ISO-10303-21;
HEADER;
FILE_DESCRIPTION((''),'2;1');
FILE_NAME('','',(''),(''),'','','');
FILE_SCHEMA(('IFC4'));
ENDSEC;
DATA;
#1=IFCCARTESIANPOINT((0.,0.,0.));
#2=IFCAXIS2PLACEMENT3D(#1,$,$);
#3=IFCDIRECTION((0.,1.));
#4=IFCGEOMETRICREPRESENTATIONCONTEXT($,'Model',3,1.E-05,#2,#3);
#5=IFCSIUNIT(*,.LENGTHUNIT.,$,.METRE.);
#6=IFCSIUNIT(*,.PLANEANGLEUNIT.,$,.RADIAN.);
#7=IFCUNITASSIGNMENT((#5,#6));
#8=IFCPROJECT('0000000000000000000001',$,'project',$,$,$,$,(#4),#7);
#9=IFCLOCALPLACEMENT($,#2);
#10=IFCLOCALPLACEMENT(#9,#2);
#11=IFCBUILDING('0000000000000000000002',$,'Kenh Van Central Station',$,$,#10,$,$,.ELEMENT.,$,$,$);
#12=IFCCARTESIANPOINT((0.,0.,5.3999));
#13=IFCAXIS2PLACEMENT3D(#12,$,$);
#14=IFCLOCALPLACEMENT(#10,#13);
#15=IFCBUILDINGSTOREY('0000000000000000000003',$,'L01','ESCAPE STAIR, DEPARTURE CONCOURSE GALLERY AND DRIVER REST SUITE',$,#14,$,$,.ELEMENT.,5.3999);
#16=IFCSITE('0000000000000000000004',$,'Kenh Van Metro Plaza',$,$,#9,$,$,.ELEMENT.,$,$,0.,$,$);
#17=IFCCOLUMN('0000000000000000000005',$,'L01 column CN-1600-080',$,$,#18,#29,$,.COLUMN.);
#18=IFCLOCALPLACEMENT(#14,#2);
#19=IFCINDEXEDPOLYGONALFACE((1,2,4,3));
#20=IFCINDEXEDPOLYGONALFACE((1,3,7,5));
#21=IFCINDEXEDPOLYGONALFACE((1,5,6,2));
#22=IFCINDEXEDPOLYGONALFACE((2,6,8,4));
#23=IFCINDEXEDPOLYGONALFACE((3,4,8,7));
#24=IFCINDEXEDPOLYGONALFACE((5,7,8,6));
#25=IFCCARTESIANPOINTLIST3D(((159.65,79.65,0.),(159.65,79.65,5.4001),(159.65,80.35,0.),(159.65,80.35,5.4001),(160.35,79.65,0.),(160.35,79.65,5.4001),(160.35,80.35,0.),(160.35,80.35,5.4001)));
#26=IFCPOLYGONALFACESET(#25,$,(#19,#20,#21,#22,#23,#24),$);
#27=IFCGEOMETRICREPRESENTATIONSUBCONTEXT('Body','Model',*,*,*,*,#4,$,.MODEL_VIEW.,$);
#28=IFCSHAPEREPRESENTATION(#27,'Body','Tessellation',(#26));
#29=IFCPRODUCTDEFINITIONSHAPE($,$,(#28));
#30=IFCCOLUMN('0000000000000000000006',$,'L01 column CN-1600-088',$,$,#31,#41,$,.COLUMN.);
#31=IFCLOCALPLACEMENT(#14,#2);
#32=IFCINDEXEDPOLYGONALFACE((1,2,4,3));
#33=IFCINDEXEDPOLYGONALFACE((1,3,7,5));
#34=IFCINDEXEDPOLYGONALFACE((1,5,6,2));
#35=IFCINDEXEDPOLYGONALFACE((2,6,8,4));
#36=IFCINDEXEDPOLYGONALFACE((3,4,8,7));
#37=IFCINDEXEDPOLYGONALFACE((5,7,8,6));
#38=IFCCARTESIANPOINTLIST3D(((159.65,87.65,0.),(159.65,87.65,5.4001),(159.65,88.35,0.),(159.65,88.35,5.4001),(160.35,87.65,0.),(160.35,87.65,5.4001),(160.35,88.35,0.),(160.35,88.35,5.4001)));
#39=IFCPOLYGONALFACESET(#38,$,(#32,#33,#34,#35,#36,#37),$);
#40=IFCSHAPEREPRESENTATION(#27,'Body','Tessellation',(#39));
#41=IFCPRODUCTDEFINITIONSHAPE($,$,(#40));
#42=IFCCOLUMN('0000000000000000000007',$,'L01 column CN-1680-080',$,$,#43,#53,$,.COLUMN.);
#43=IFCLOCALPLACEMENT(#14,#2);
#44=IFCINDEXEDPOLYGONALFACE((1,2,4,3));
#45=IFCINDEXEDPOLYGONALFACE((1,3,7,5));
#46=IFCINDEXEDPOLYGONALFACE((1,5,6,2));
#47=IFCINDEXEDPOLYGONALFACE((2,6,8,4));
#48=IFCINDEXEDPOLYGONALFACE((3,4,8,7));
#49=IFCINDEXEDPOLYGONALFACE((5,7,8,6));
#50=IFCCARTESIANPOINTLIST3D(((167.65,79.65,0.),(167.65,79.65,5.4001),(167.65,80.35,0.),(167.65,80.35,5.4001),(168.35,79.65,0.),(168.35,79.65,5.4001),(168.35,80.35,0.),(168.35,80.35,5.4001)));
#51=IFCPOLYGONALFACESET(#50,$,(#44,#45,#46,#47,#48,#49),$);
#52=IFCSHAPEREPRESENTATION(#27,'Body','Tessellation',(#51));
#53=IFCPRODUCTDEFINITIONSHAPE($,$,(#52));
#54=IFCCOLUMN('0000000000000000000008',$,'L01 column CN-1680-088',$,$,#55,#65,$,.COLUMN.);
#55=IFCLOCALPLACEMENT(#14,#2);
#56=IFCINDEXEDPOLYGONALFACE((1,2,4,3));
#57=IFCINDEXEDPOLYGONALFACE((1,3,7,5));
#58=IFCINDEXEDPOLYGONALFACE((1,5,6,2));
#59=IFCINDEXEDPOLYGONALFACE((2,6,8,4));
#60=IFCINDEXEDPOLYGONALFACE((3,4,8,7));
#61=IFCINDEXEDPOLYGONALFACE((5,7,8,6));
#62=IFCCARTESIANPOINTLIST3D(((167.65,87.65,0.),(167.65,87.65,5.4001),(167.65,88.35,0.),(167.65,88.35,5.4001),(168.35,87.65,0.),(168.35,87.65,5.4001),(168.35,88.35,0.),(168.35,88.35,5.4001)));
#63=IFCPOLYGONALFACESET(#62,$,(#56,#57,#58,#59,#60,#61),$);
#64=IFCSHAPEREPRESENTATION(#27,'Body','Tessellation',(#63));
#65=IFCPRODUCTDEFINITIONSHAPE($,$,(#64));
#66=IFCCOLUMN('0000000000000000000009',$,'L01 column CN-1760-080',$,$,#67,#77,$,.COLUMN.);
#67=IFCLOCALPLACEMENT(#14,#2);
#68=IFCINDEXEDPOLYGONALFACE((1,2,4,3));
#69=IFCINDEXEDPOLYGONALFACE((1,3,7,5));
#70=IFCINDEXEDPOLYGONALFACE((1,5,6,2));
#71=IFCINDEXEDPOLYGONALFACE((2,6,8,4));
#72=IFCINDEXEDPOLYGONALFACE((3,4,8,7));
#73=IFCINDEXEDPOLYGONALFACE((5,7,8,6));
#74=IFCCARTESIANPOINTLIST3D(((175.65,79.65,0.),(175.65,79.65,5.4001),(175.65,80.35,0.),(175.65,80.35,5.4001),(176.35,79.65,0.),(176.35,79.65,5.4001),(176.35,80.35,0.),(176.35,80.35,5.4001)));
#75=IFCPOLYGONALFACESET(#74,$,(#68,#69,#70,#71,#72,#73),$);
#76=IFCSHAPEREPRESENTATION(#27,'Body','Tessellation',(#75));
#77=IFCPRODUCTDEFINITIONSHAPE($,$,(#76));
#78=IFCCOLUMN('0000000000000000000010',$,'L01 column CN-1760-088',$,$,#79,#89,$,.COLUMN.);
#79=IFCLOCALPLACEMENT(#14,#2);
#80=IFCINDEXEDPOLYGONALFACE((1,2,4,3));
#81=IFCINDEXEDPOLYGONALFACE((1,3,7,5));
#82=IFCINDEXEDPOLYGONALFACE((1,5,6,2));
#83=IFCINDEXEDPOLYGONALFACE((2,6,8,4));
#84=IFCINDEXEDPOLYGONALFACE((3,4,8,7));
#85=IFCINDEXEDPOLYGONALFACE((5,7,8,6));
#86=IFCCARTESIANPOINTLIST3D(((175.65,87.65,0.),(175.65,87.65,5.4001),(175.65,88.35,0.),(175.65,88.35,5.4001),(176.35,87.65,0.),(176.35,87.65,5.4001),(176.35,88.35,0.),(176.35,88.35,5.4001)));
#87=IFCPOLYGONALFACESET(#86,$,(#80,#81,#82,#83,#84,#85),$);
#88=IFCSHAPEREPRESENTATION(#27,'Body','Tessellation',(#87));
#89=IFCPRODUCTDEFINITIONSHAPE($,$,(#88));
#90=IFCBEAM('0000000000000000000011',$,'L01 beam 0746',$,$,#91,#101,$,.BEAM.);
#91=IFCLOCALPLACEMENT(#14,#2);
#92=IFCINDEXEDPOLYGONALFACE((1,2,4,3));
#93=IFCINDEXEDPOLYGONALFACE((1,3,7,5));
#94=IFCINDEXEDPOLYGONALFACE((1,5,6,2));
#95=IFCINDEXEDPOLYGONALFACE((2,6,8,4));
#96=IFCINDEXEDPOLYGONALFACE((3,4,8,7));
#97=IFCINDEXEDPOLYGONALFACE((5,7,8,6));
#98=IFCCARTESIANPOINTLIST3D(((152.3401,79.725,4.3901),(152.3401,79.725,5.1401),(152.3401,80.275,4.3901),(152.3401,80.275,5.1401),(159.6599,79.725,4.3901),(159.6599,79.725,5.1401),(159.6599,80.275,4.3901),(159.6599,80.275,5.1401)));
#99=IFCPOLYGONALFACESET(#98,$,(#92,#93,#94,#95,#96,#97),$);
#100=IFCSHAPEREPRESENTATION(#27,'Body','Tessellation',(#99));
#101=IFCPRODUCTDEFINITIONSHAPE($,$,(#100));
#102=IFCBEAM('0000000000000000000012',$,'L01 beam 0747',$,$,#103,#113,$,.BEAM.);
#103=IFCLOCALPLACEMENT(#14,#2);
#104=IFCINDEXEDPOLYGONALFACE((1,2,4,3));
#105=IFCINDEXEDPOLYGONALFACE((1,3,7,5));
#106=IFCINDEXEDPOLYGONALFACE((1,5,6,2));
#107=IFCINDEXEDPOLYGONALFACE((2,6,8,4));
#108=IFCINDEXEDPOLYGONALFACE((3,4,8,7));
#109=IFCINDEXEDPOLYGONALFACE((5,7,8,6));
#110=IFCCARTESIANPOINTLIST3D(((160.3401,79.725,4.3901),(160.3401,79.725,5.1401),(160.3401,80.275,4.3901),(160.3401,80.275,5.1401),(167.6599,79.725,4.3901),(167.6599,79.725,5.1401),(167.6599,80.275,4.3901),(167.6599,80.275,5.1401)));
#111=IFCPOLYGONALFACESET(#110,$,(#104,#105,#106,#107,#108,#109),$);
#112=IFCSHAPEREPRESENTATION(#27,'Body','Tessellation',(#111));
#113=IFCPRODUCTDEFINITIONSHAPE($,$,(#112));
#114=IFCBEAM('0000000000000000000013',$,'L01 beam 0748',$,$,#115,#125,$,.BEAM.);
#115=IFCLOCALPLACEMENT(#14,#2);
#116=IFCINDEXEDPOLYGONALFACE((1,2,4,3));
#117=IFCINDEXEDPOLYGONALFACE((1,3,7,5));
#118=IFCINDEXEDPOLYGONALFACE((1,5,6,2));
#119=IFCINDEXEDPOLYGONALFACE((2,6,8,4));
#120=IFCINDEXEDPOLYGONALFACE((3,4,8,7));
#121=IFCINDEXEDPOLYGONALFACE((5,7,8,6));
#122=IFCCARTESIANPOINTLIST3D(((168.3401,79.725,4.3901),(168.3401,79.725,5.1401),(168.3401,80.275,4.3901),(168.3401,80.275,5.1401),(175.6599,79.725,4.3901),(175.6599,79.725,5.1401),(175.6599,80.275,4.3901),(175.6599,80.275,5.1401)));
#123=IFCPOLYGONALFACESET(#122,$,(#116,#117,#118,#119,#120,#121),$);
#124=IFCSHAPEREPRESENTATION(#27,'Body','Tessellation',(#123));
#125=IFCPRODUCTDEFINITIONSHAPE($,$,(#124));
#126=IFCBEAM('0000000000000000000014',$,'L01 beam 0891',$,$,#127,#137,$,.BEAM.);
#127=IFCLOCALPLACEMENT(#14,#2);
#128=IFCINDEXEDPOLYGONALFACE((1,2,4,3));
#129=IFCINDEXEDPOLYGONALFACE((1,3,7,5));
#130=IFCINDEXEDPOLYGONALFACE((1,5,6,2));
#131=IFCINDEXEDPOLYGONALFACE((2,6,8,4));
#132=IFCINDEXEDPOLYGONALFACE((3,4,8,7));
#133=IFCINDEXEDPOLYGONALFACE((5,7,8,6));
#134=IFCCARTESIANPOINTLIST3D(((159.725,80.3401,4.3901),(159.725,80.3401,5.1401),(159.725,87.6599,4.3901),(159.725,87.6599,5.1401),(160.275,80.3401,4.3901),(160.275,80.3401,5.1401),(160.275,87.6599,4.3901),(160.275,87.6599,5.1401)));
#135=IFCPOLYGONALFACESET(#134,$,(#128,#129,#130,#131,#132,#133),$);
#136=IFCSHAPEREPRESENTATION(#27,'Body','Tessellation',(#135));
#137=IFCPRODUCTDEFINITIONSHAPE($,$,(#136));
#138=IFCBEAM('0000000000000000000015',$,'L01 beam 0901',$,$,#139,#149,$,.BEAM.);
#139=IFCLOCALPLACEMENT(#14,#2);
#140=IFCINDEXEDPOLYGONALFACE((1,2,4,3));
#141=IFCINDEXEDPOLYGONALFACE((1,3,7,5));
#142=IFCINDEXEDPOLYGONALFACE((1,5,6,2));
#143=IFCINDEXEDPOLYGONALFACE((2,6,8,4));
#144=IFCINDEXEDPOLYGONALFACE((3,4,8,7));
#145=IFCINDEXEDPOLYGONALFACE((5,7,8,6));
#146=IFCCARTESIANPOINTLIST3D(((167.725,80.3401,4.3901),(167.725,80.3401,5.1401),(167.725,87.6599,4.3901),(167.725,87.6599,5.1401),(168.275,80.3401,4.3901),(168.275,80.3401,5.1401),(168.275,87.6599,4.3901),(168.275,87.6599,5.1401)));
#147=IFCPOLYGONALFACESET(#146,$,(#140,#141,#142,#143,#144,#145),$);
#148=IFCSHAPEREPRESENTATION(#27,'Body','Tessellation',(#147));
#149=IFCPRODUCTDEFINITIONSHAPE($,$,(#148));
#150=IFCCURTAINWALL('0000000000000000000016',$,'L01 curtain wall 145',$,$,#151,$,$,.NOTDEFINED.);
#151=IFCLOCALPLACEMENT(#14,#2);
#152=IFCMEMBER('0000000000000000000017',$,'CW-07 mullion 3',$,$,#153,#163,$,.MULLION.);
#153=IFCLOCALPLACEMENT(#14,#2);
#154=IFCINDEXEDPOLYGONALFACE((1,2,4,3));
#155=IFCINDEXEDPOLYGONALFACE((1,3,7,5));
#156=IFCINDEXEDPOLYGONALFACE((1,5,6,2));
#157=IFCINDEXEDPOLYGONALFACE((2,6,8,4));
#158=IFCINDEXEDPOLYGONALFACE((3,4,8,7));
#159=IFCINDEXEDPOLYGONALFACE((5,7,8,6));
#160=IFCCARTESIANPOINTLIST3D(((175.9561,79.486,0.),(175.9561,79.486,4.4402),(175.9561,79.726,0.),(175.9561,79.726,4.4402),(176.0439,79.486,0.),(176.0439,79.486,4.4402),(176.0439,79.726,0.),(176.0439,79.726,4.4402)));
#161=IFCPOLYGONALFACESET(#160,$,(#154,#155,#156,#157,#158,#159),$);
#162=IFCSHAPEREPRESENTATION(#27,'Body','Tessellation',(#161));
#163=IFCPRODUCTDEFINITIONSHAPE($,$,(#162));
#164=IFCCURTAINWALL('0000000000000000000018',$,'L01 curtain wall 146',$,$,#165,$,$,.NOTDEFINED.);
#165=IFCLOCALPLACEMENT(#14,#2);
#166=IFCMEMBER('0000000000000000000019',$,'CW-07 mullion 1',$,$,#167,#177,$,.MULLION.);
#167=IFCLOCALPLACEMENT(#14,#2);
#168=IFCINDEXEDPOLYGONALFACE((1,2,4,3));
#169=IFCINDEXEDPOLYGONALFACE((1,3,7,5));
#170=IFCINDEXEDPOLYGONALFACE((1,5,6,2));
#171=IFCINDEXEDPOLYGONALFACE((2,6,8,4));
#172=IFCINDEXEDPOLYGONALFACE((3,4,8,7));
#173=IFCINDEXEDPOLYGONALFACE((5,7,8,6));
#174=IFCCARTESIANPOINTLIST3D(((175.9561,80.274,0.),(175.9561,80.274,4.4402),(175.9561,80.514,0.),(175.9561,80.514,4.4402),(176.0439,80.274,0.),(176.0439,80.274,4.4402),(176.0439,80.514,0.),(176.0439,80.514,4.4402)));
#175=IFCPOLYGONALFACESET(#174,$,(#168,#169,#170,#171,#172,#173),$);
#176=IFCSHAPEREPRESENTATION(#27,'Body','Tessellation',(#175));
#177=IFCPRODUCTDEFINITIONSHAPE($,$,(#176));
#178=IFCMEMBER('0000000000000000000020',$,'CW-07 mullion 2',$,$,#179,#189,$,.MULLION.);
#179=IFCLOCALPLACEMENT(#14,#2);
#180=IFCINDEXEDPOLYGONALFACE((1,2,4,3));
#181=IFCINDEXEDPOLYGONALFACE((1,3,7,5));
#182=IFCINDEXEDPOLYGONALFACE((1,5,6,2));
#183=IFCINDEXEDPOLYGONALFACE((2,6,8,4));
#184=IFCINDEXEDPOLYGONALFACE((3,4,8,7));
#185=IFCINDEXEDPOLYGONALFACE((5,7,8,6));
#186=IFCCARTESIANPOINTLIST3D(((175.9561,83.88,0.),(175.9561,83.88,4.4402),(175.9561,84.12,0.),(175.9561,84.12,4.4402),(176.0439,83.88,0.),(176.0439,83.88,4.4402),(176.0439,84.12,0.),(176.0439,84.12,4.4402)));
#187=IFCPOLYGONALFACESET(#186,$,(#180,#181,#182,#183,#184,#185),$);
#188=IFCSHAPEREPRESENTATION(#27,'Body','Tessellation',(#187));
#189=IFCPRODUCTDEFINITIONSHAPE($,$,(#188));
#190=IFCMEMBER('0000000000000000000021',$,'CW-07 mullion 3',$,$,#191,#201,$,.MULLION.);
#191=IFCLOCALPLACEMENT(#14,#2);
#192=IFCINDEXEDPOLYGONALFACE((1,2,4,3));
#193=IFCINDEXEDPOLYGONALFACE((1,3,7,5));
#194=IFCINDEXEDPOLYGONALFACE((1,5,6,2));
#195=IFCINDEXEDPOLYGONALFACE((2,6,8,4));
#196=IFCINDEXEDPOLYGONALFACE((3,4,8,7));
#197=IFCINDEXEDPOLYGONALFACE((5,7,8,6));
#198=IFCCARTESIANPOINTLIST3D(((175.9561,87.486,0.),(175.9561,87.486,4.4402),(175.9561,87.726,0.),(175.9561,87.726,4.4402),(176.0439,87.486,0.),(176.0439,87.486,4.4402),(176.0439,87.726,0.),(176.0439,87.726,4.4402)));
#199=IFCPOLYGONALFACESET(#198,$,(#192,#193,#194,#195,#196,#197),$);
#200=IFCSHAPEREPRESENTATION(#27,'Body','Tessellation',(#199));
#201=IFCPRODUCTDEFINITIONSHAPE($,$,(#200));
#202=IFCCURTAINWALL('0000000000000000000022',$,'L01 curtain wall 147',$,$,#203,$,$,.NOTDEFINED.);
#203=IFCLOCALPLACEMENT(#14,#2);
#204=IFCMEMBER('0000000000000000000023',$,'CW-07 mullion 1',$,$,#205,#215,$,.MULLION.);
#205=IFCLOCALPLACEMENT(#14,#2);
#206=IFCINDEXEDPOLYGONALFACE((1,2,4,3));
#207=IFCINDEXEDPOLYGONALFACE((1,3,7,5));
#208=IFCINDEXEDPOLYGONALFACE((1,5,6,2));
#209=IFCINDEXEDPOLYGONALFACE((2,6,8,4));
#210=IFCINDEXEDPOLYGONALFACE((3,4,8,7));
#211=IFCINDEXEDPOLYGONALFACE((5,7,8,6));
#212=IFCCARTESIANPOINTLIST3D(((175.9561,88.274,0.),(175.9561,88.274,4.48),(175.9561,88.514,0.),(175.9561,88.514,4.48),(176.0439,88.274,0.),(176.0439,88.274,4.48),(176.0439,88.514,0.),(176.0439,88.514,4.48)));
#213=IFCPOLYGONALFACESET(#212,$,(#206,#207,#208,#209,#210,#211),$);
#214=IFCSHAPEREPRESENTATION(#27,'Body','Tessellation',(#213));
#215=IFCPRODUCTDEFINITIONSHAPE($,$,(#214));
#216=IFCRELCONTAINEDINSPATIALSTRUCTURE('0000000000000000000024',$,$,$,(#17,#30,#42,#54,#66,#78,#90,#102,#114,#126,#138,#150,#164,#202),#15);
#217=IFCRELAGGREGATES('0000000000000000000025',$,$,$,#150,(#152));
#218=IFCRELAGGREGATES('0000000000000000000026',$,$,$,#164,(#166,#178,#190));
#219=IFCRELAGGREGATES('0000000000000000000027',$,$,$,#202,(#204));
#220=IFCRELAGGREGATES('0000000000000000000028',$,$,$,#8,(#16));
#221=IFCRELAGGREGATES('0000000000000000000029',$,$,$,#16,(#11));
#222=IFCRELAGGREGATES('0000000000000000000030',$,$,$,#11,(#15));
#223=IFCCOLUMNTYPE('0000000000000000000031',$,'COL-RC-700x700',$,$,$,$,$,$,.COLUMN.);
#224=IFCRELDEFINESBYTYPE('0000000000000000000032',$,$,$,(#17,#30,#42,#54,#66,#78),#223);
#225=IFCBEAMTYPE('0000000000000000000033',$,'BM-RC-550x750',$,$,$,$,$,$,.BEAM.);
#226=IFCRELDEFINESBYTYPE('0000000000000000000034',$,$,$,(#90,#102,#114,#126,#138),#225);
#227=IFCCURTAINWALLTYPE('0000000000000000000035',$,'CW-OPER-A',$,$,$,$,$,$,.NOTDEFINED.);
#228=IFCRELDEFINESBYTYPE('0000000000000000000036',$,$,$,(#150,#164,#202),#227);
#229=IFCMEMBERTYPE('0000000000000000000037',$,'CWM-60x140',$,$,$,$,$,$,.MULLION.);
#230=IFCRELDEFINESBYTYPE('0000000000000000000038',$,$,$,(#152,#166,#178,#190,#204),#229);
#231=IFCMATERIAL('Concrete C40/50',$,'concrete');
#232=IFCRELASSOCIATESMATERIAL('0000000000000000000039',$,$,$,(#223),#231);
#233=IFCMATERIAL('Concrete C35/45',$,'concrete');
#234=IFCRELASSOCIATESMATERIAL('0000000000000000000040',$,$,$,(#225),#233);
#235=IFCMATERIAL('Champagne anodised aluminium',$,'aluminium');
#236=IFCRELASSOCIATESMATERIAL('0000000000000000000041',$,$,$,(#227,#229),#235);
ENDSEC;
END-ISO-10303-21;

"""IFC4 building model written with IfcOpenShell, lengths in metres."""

from ifc_helpers import new_model, si_unit, direction, frame, origin, origin_2d, place, context, subcontext, project, spatial, rectangle, extrude, material, material_profile, profile_set, type_object, element, aggregate, save


model = new_model("IFC4")

# Units and contexts
model_context = context("Model", 3, precision=1e-05, world=origin(), true_north=direction((0.0, 1.0)))
body_context = subcontext(model_context, "Body", "Model", "MODEL_VIEW")
ifc_project = project(units=[si_unit("LENGTHUNIT", "METRE"), si_unit("PLANEANGLEUNIT", "RADIAN")], contexts=[model_context])

# Site, building, storey
site_placement = place(None, origin())
site = spatial("IfcSite", under=ifc_project, at=site_placement, Name="Kenh Van Metro Plaza", CompositionType="ELEMENT", RefElevation=0.0)
building_placement = place(site_placement, origin())
building = spatial("IfcBuilding", under=site, at=building_placement, Name="Kenh Van Central Station", CompositionType="ELEMENT")
storey_placement = place(building_placement, frame((0.0, 0.0, 5.3999)))
storey = spatial("IfcBuildingStorey", under=building, at=storey_placement, Name="L01", Description="ESCAPE STAIR, DEPARTURE CONCOURSE GALLERY AND DRIVER REST SUITE", CompositionType="ELEMENT", Elevation=5.3999)

# Columns
ifc_material_1 = material(Name="Concrete C40/50", Category="concrete")
ifc_material_profile_1 = material_profile(ifc_material_1, rectangle(XDim=0.7, YDim=0.7, at=origin_2d()), Name="RC 700x700")
ifc_profile_set_1 = profile_set([ifc_material_profile_1], Name="Concrete C40/50")
column_type = type_object("IfcColumnType", Name="COL-RC-700x700", PredefinedType="COLUMN", material=ifc_profile_set_1)
for number, where, z_axis, x_axis, name in (
    (1, (160.0, 80.0, 0.0), (0.0, 0.0, 1.0), (1.0, 0.0, 0.0), "L01 column CN-1600-080"),
    (2, (160.0, 88.0, 0.0), (0.0, 0.0, 1.0), (1.0, 0.0, 0.0), "L01 column CN-1600-088"),
    (3, (168.0, 80.0, 0.0), (0.0, 0.0, 1.0), (1.0, 0.0, 0.0), "L01 column CN-1680-080"),
    (4, (168.0, 88.0, 0.0), (0.0, 0.0, 1.0), (1.0, 0.0, 0.0), "L01 column CN-1680-088"),
    (5, (176.0, 80.0, 0.0), (0.0, 0.0, 1.0), (1.0, 0.0, 0.0), "L01 column CN-1760-080"),
    (6, (176.0, 88.0, 0.0), (0.0, 0.0, 1.0), (1.0, 0.0, 0.0), "L01 column CN-1760-088"),
):
    element("IfcColumn", number, at=place(storey_placement, frame(where, z_axis=z_axis, x_axis=x_axis)), inside=storey, type_object=column_type, Name=name, PredefinedType="COLUMN", context=body_context, shape_type="SweptSolid", body=[
        extrude(rectangle(XDim=0.7, YDim=0.7, at=origin_2d()), origin(), (0.0, 0.0, 1.0), 5.4001),
    ])

# Beams
ifc_material_2 = material(Name="Concrete C35/45", Category="concrete")
ifc_material_profile_2 = material_profile(ifc_material_2, rectangle(XDim=0.55, YDim=0.75, at=origin_2d()), Name="RC 550x750")
ifc_profile_set_2 = profile_set([ifc_material_profile_2], Name="Concrete C35/45")
beam_type_1 = type_object("IfcBeamType", Name="BM-RC-550x750", PredefinedType="BEAM", material=ifc_profile_set_2)
for number, where, z_axis, x_axis, name in (
    (7, (152.3401, 80.0, 4.7651), (1.0, 0.0, 0.0), (0.0, 1.0, 0.0), "L01 beam 0746"),
    (8, (160.3401, 80.0, 4.7651), (1.0, 0.0, 0.0), (0.0, 1.0, 0.0), "L01 beam 0747"),
    (9, (168.3401, 80.0, 4.7651), (1.0, 0.0, 0.0), (0.0, 1.0, 0.0), "L01 beam 0748"),
    (10, (160.0, 80.3401, 4.7651), (0.0, 1.0, 0.0), (-1.0, 0.0, 0.0), "L01 beam 0891"),
    (11, (168.0, 80.3401, 4.7651), (0.0, 1.0, 0.0), (-1.0, 0.0, 0.0), "L01 beam 0901"),
):
    element("IfcBeam", number, at=place(storey_placement, frame(where, z_axis=z_axis, x_axis=x_axis)), inside=storey, type_object=beam_type_1, Name=name, PredefinedType="BEAM", context=body_context, shape_type="SweptSolid", body=[
        extrude(rectangle(XDim=0.55, YDim=0.75, at=origin_2d()), origin(), (0.0, 0.0, 1.0), 7.3198),
    ])

# Curtain wall, member
ifc_material_3 = material(Name="Champagne anodised aluminium", Category="aluminium")
curtain_wall_type = type_object("IfcCurtainWallType", Name="CW-OPER-A", PredefinedType="NOTDEFINED", material=ifc_material_3)
curtain_wall_1_placement = place(storey_placement, origin())
curtain_wall_1 = element("IfcCurtainWall", 12, at=curtain_wall_1_placement, inside=storey, type_object=curtain_wall_type, Name="L01 curtain wall 145", PredefinedType="NOTDEFINED")
ifc_material_profile_3 = material_profile(ifc_material_3, rectangle(XDim=0.0879, YDim=0.24, at=origin_2d()), Name="AL 88x240")
ifc_profile_set_3 = profile_set([ifc_material_profile_3], Name="Champagne anodised aluminium")
member_type_1 = type_object("IfcMemberType", Name="CWM-60x140", PredefinedType="MULLION", material=ifc_profile_set_3)
member_1_placement = place(storey_placement, frame((176.0, 79.606, 0.0), z_axis=(0.0, 0.0, 1.0), x_axis=(-1.0, 0.0, 0.0)))
member_1 = element("IfcMember", 13, at=member_1_placement, type_object=member_type_1, Name="CW-07 mullion 3", PredefinedType="MULLION", context=body_context, shape_type="SweptSolid", body=[
    extrude(rectangle(XDim=0.0879, YDim=0.24, at=origin_2d()), origin(), (0.0, 0.0, 1.0), 4.4402),
])
aggregate(curtain_wall_1, [member_1])

# Curtain wall, members
curtain_wall_2_placement = place(storey_placement, origin())
curtain_wall_2 = element("IfcCurtainWall", 14, at=curtain_wall_2_placement, inside=storey, type_object=curtain_wall_type, Name="L01 curtain wall 146", PredefinedType="NOTDEFINED")
member_2_placement = place(storey_placement, frame((176.0, 80.394, 0.0), z_axis=(0.0, 0.0, 1.0), x_axis=(-1.0, 0.0, 0.0)))
member_2 = element("IfcMember", 15, at=member_2_placement, type_object=member_type_1, Name="CW-07 mullion 1", PredefinedType="MULLION", context=body_context, shape_type="SweptSolid", body=[
    extrude(rectangle(XDim=0.0879, YDim=0.24, at=origin_2d()), origin(), (0.0, 0.0, 1.0), 4.4402),
])
member_3_placement = place(storey_placement, frame((176.0, 84.0, 0.0), z_axis=(0.0, 0.0, 1.0), x_axis=(-1.0, 0.0, 0.0)))
member_3 = element("IfcMember", 16, at=member_3_placement, type_object=member_type_1, Name="CW-07 mullion 2", PredefinedType="MULLION", context=body_context, shape_type="SweptSolid", body=[
    extrude(rectangle(XDim=0.0879, YDim=0.24, at=origin_2d()), origin(), (0.0, 0.0, 1.0), 4.4402),
])
member_4_placement = place(storey_placement, frame((176.0, 87.606, 0.0), z_axis=(0.0, 0.0, 1.0), x_axis=(-1.0, 0.0, 0.0)))
member_4 = element("IfcMember", 17, at=member_4_placement, type_object=member_type_1, Name="CW-07 mullion 3", PredefinedType="MULLION", context=body_context, shape_type="SweptSolid", body=[
    extrude(rectangle(XDim=0.0879, YDim=0.24, at=origin_2d()), origin(), (0.0, 0.0, 1.0), 4.4402),
])

# Curtain wall, member
curtain_wall_3_placement = place(storey_placement, origin())
curtain_wall_3 = element("IfcCurtainWall", 18, at=curtain_wall_3_placement, inside=storey, type_object=curtain_wall_type, Name="L01 curtain wall 147", PredefinedType="NOTDEFINED")
member_5_placement = place(storey_placement, frame((176.0, 88.394, 0.0), z_axis=(0.0, 0.0, 1.0), x_axis=(-1.0, 0.0, 0.0)))
member_5 = element("IfcMember", 19, at=member_5_placement, type_object=member_type_1, Name="CW-07 mullion 1", PredefinedType="MULLION", context=body_context, shape_type="SweptSolid", body=[
    extrude(rectangle(XDim=0.0879, YDim=0.24, at=origin_2d()), origin(), (0.0, 0.0, 1.0), 4.48),
])

aggregate(curtain_wall_2, [member_2, member_3, member_4])
aggregate(curtain_wall_3, [member_5])

save(model, "model.ifc")
